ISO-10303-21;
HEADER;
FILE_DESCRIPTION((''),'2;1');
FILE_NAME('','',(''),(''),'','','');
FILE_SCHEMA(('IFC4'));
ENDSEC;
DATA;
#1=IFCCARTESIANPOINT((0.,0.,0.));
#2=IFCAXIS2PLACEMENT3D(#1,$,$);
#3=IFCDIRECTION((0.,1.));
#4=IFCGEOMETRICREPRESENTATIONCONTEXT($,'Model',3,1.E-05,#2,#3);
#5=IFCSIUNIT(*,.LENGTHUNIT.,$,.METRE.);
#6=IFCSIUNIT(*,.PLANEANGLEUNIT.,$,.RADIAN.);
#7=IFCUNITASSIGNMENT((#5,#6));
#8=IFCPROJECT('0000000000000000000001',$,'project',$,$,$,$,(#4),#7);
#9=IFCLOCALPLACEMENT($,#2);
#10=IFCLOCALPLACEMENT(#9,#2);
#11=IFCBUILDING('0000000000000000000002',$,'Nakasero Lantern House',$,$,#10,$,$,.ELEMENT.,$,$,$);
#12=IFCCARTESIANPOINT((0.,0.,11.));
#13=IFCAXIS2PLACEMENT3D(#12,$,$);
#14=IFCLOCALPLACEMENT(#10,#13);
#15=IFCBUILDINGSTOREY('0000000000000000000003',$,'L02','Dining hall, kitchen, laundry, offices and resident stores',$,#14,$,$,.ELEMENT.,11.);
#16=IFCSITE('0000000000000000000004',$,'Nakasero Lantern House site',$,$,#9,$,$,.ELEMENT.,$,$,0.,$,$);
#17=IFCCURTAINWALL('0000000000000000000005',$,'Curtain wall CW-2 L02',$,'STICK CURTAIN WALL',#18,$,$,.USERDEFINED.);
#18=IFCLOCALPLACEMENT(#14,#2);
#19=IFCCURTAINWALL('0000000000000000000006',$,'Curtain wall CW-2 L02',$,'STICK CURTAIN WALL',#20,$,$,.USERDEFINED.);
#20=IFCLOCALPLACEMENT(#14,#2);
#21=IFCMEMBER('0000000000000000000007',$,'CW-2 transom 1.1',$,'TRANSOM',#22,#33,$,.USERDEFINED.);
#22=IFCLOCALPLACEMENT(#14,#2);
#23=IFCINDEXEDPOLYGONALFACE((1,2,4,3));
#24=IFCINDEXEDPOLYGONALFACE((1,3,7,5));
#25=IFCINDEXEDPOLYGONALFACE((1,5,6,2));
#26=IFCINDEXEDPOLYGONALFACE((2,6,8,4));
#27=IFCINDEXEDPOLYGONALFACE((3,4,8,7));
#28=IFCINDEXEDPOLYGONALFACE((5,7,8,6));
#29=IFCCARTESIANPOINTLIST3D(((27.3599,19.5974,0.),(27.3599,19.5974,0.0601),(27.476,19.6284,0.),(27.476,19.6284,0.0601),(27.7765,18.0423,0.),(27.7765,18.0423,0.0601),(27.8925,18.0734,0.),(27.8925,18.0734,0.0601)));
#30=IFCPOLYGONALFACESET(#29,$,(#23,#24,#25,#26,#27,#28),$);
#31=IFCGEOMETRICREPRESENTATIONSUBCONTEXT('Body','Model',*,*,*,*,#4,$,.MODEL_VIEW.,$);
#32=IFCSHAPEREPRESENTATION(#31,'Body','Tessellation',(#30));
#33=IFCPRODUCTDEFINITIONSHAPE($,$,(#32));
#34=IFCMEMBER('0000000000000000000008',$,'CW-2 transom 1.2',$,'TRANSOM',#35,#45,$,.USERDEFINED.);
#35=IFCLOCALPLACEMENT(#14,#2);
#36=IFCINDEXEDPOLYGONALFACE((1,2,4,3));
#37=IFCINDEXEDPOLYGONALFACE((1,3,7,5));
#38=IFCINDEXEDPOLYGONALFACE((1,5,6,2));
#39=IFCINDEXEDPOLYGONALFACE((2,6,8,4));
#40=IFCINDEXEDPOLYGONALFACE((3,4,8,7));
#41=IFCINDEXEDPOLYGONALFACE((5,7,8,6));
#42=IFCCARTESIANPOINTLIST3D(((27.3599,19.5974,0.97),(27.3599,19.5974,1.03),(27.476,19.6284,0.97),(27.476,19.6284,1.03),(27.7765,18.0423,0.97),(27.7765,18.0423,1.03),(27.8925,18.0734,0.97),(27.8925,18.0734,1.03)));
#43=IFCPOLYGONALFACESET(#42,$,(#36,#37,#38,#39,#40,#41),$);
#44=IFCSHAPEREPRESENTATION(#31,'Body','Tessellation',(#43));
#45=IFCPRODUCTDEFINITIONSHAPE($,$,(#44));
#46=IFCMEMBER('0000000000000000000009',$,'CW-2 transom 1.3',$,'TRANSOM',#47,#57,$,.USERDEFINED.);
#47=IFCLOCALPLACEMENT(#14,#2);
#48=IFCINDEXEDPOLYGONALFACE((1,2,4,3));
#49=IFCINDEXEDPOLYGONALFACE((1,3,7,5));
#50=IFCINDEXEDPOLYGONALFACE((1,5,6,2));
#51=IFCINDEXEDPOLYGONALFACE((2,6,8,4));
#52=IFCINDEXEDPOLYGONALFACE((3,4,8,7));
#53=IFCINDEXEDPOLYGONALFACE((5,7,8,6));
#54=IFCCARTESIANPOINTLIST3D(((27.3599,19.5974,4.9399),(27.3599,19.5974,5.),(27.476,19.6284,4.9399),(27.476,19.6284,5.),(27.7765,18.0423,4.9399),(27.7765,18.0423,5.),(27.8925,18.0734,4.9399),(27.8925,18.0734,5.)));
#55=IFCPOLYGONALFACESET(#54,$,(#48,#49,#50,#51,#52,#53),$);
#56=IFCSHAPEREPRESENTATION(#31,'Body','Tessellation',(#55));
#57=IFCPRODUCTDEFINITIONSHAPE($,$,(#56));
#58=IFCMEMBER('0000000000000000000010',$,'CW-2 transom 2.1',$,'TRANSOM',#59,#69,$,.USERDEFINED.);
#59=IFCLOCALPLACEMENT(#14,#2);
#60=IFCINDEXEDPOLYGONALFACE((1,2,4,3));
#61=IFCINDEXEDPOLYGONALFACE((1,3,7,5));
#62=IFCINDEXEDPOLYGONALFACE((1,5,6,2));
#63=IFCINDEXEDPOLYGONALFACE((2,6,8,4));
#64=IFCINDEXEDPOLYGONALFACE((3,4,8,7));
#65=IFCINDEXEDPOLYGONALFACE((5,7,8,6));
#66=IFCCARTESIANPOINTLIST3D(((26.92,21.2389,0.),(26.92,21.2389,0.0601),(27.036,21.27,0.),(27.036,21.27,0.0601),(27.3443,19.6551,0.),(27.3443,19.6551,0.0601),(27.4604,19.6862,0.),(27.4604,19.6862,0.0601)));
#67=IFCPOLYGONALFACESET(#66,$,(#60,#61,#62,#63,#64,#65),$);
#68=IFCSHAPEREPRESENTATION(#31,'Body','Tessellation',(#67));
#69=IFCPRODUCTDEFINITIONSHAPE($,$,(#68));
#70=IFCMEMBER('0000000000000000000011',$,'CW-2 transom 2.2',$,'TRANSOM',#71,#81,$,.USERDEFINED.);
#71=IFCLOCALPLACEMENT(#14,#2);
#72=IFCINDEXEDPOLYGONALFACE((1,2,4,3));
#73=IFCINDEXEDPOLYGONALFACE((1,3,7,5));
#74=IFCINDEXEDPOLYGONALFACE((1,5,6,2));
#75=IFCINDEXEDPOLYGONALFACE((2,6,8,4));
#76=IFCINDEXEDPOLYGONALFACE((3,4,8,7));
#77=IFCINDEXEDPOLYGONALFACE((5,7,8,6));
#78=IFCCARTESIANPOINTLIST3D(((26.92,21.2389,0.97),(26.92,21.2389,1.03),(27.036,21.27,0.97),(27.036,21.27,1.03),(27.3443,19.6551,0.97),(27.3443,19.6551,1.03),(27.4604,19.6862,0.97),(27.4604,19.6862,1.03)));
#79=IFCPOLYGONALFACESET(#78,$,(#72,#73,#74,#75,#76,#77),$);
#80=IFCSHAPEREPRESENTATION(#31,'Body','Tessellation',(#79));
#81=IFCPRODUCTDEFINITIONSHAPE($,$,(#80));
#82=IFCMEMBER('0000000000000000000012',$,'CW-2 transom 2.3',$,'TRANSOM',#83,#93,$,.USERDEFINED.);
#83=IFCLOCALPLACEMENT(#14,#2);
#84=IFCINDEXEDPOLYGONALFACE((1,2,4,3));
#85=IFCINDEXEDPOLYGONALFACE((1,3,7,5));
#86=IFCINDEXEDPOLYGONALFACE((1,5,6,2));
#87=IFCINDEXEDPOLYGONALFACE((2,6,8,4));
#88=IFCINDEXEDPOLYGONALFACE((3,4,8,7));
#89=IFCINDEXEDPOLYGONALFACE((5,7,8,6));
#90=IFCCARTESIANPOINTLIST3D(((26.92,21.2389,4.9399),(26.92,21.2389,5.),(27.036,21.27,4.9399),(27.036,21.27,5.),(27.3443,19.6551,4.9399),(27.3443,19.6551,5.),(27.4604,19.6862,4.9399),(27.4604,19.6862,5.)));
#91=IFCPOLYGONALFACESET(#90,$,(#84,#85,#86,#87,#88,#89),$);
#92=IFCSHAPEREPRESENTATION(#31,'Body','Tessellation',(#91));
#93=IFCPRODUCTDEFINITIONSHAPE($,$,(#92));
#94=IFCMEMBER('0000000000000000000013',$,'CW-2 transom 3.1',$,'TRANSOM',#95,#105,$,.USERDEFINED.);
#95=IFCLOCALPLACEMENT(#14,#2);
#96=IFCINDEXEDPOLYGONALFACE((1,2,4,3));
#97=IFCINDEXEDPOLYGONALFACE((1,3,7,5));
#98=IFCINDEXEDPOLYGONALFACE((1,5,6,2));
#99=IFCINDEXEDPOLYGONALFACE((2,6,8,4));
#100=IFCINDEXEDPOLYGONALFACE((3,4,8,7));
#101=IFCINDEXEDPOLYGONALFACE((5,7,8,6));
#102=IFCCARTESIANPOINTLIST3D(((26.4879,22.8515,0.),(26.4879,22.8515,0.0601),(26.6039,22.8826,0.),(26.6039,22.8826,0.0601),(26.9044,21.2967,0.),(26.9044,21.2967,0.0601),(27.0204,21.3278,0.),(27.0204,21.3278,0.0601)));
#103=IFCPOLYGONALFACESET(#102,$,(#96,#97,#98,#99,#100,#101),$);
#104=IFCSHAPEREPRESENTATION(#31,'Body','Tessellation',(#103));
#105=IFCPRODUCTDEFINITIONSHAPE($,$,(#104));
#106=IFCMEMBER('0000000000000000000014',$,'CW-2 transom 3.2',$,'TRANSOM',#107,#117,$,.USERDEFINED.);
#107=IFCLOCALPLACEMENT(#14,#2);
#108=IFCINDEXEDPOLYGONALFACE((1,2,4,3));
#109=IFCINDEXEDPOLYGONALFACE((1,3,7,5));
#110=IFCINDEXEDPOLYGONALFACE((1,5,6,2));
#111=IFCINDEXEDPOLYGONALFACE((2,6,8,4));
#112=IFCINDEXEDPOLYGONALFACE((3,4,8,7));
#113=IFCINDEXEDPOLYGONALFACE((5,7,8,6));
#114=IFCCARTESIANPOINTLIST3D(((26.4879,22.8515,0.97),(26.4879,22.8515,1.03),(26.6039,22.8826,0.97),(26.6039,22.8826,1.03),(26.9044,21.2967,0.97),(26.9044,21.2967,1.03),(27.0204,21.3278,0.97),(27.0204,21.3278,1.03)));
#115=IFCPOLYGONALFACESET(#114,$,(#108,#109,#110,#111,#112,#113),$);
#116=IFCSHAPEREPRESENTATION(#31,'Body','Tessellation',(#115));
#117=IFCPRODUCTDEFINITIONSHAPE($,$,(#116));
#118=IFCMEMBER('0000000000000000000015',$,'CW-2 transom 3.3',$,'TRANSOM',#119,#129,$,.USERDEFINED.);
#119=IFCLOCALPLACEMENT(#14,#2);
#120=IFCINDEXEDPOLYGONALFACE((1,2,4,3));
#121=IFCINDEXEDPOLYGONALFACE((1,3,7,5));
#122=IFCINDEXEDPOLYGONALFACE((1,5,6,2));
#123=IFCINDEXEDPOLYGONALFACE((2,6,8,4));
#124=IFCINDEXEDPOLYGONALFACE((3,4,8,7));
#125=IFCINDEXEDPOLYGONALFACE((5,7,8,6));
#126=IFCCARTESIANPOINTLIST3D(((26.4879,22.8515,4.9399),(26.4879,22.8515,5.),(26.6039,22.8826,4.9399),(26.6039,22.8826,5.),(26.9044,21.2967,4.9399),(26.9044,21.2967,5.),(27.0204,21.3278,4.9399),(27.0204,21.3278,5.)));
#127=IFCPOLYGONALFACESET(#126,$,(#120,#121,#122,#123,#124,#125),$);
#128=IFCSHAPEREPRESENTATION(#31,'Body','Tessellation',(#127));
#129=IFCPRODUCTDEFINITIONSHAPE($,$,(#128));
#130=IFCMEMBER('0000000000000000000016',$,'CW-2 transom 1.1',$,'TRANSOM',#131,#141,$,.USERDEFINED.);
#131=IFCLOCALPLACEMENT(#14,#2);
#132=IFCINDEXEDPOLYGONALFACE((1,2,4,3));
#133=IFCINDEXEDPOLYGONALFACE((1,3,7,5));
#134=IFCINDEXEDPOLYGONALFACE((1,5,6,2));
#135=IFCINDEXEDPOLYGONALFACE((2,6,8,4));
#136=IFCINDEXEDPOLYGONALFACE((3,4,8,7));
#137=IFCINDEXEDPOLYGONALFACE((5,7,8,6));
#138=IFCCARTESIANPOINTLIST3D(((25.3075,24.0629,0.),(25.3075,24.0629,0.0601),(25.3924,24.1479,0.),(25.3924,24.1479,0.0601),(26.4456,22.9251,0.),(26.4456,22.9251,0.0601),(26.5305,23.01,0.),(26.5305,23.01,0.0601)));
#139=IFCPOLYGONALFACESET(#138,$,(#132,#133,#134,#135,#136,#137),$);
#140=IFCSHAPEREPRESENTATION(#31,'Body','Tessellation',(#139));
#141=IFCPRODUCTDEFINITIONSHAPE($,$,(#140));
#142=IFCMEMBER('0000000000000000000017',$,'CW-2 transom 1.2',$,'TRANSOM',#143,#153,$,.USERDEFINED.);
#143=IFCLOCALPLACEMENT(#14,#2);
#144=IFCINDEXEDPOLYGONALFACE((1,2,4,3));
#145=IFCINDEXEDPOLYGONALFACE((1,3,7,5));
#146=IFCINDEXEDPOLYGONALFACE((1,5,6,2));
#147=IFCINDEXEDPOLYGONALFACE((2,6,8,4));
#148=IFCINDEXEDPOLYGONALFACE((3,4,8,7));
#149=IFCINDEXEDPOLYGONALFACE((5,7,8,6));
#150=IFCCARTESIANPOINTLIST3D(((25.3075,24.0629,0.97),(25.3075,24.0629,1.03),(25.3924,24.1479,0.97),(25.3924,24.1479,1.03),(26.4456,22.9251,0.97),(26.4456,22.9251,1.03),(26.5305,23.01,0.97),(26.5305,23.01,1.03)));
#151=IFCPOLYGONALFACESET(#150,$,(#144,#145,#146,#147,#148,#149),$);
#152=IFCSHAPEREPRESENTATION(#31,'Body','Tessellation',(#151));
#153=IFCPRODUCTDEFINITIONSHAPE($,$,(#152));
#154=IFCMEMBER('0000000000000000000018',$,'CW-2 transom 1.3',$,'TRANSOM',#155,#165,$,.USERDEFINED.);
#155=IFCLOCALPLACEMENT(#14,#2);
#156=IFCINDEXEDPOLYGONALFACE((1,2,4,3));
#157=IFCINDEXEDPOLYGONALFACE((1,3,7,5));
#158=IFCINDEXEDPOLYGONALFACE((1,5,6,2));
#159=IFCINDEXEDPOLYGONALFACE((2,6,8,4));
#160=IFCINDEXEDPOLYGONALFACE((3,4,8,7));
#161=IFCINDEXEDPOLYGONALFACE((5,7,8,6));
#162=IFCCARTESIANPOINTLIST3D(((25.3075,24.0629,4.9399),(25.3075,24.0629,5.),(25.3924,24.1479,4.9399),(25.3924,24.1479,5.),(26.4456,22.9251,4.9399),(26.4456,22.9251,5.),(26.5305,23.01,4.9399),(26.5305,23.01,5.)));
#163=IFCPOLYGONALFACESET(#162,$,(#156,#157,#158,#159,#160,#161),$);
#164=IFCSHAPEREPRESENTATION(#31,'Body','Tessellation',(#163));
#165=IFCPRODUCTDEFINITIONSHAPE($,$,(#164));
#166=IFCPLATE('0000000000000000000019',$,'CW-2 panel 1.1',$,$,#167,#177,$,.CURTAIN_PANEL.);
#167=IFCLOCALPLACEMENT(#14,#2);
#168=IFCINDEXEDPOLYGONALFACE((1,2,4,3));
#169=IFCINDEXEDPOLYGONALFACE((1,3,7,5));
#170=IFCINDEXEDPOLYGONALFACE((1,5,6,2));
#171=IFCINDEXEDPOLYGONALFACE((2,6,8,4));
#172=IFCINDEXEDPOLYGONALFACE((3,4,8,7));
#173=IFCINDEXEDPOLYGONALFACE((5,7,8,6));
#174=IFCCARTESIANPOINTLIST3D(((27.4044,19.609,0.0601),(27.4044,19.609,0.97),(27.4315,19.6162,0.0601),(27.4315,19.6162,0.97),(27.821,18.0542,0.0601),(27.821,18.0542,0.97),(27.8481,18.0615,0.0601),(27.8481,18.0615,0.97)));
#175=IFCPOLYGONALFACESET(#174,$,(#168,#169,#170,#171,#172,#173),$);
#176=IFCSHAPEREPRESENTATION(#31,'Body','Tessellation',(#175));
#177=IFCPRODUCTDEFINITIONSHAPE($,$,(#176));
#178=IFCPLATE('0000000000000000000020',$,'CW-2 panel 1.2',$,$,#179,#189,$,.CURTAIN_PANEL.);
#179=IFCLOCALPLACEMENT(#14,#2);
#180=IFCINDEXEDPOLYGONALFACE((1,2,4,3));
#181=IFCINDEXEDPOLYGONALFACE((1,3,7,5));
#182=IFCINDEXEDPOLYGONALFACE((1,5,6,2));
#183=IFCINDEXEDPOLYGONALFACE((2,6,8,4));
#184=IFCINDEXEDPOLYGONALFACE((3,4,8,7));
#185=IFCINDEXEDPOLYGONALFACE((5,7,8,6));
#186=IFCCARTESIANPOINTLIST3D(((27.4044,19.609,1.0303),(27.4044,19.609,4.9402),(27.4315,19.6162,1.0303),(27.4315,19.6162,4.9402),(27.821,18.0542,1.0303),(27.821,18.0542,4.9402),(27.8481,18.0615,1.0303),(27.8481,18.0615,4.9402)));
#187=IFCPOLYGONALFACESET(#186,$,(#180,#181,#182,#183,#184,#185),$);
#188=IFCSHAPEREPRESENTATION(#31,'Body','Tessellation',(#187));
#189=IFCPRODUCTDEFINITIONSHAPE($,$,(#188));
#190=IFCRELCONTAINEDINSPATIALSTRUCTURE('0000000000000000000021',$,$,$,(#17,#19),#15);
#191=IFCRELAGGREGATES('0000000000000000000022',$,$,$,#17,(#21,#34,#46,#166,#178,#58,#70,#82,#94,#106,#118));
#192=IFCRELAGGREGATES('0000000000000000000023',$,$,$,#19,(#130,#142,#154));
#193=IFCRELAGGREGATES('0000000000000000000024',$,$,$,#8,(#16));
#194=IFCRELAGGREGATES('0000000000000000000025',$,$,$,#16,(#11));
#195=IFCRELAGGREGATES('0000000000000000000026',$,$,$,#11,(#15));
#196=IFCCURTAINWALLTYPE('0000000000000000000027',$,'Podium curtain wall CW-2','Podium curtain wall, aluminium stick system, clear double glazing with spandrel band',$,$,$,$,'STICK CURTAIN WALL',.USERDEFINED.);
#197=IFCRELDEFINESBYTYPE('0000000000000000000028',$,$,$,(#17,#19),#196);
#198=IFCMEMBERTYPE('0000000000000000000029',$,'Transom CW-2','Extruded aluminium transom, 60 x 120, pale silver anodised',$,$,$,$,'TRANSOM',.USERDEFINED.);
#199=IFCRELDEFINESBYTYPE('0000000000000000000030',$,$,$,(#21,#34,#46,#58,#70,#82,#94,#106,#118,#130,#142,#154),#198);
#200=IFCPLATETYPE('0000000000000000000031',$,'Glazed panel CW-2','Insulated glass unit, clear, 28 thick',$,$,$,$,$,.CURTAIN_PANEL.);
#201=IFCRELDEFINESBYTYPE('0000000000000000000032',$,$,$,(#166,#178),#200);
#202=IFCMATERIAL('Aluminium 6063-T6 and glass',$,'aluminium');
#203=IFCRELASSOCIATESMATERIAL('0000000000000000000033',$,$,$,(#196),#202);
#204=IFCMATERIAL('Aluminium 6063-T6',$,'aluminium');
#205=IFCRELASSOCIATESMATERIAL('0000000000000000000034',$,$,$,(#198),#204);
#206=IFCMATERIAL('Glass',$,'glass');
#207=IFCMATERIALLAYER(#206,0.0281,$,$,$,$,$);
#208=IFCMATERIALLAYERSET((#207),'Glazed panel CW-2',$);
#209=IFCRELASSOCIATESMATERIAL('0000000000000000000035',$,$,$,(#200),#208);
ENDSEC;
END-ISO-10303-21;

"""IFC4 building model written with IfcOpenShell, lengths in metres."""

from ifc_helpers import new_model, si_unit, direction, frame, origin, origin_2d, place, context, subcontext, project, spatial, rectangle, extrude, material, layer, layer_set, material_profile, profile_set, type_object, element, aggregate, save


model = new_model("IFC4")

# Units and contexts
model_context = context("Model", 3, precision=1e-05, world=origin(), true_north=direction((0.0, 1.0)))
body_context = subcontext(model_context, "Body", "Model", "MODEL_VIEW")
ifc_project = project(units=[si_unit("LENGTHUNIT", "METRE"), si_unit("PLANEANGLEUNIT", "RADIAN")], contexts=[model_context])

# Site, building, storey
site_placement = place(None, origin())
site = spatial("IfcSite", under=ifc_project, at=site_placement, Name="Nakasero Lantern House site", CompositionType="ELEMENT", RefElevation=0.0)
building_placement = place(site_placement, origin())
building = spatial("IfcBuilding", under=site, at=building_placement, Name="Nakasero Lantern House", CompositionType="ELEMENT")
storey_placement = place(building_placement, frame((0.0, 0.0, 11.0)))
storey = spatial("IfcBuildingStorey", under=building, at=storey_placement, Name="L02", Description="Dining hall, kitchen, laundry, offices and resident stores", CompositionType="ELEMENT", Elevation=11.0)

# Curtain walls
ifc_material_1 = material(Name="Aluminium 6063-T6 and glass", Category="aluminium")
curtain_wall_type = type_object("IfcCurtainWallType", Name="Podium curtain wall CW-2", Description="Podium curtain wall, aluminium stick system, clear double glazing with spandrel band", ElementType="STICK CURTAIN WALL", PredefinedType="USERDEFINED", material=ifc_material_1)
curtain_wall_1_placement = place(storey_placement, origin())
curtain_wall_1 = element("IfcCurtainWall", 1, at=curtain_wall_1_placement, inside=storey, type_object=curtain_wall_type, Name="Curtain wall CW-2 L02", ObjectType="STICK CURTAIN WALL", PredefinedType="USERDEFINED")
curtain_wall_2_placement = place(storey_placement, origin())
curtain_wall_2 = element("IfcCurtainWall", 2, at=curtain_wall_2_placement, inside=storey, type_object=curtain_wall_type, Name="Curtain wall CW-2 L02", ObjectType="STICK CURTAIN WALL", PredefinedType="USERDEFINED")

# Members
ifc_material_2 = material(Name="Aluminium 6063-T6", Category="aluminium")
ifc_material_profile_1 = material_profile(ifc_material_2, rectangle(XDim=0.0601, YDim=0.1201, at=origin_2d()), Name="CW-2 transom 60x120")
ifc_profile_set_1 = profile_set([ifc_material_profile_1], Name="Aluminium 6063-T6")
member_type_1 = type_object("IfcMemberType", Name="Transom CW-2", Description="Extruded aluminium transom, 60 x 120, pale silver anodised", ElementType="TRANSOM", PredefinedType="USERDEFINED", material=ifc_profile_set_1)
member_1_placement = place(storey_placement, frame((27.8345, 18.0579, 0.03), z_axis=(-0.258739, 0.965947, 0.0), x_axis=(0.0, 0.0, 1.0)))
member_1 = element("IfcMember", 3, at=member_1_placement, type_object=member_type_1, Name="CW-2 transom 1.1", ObjectType="TRANSOM", PredefinedType="USERDEFINED", context=body_context, shape_type="SweptSolid", body=[
    extrude(rectangle(XDim=0.0601, YDim=0.1201, at=origin_2d()), origin(), (0.0, 0.0, 1.0), 1.6099),
])
member_2_placement = place(storey_placement, frame((27.8345, 18.0579, 1.0), z_axis=(-0.258739, 0.965947, 0.0), x_axis=(0.0, 0.0, 1.0)))
member_2 = element("IfcMember", 4, at=member_2_placement, type_object=member_type_1, Name="CW-2 transom 1.2", ObjectType="TRANSOM", PredefinedType="USERDEFINED", context=body_context, shape_type="SweptSolid", body=[
    extrude(rectangle(XDim=0.0601, YDim=0.1201, at=origin_2d()), origin(), (0.0, 0.0, 1.0), 1.6099),
])
member_3_placement = place(storey_placement, frame((27.8345, 18.0579, 4.97), z_axis=(-0.258739, 0.965947, 0.0), x_axis=(0.0, 0.0, 1.0)))
member_3 = element("IfcMember", 5, at=member_3_placement, type_object=member_type_1, Name="CW-2 transom 1.3", ObjectType="TRANSOM", PredefinedType="USERDEFINED", context=body_context, shape_type="SweptSolid", body=[
    extrude(rectangle(XDim=0.0601, YDim=0.1201, at=origin_2d()), origin(), (0.0, 0.0, 1.0), 1.6099),
])
member_4_placement = place(storey_placement, frame((27.4023, 19.6707, 0.03), z_axis=(-0.258793, 0.965933, 0.0), x_axis=(0.0, 0.0, 1.0)))
member_4 = element("IfcMember", 6, at=member_4_placement, type_object=member_type_1, Name="CW-2 transom 2.1", ObjectType="TRANSOM", PredefinedType="USERDEFINED", context=body_context, shape_type="SweptSolid", body=[
    extrude(rectangle(XDim=0.0601, YDim=0.1201, at=origin_2d()), origin(), (0.0, 0.0, 1.0), 1.6396),
])
member_5_placement = place(storey_placement, frame((27.4023, 19.6707, 1.0), z_axis=(-0.258793, 0.965933, 0.0), x_axis=(0.0, 0.0, 1.0)))
member_5 = element("IfcMember", 7, at=member_5_placement, type_object=member_type_1, Name="CW-2 transom 2.2", ObjectType="TRANSOM", PredefinedType="USERDEFINED", context=body_context, shape_type="SweptSolid", body=[
    extrude(rectangle(XDim=0.0601, YDim=0.1201, at=origin_2d()), origin(), (0.0, 0.0, 1.0), 1.6396),
])
member_6_placement = place(storey_placement, frame((27.4023, 19.6707, 4.97), z_axis=(-0.258793, 0.965933, 0.0), x_axis=(0.0, 0.0, 1.0)))
member_6 = element("IfcMember", 8, at=member_6_placement, type_object=member_type_1, Name="CW-2 transom 2.3", ObjectType="TRANSOM", PredefinedType="USERDEFINED", context=body_context, shape_type="SweptSolid", body=[
    extrude(rectangle(XDim=0.0601, YDim=0.1201, at=origin_2d()), origin(), (0.0, 0.0, 1.0), 1.6396),
])
member_7_placement = place(storey_placement, frame((26.9624, 21.3123, 0.03), z_axis=(-0.258777, 0.965937, 0.0), x_axis=(0.0, 0.0, 1.0)))
member_7 = element("IfcMember", 9, at=member_7_placement, type_object=member_type_1, Name="CW-2 transom 3.1", ObjectType="TRANSOM", PredefinedType="USERDEFINED", context=body_context, shape_type="SweptSolid", body=[
    extrude(rectangle(XDim=0.0601, YDim=0.1201, at=origin_2d()), origin(), (0.0, 0.0, 1.0), 1.6096),
])
member_8_placement = place(storey_placement, frame((26.9624, 21.3123, 1.0), z_axis=(-0.258777, 0.965937, 0.0), x_axis=(0.0, 0.0, 1.0)))
member_8 = element("IfcMember", 10, at=member_8_placement, type_object=member_type_1, Name="CW-2 transom 3.2", ObjectType="TRANSOM", PredefinedType="USERDEFINED", context=body_context, shape_type="SweptSolid", body=[
    extrude(rectangle(XDim=0.0601, YDim=0.1201, at=origin_2d()), origin(), (0.0, 0.0, 1.0), 1.6096),
])
member_9_placement = place(storey_placement, frame((26.9624, 21.3123, 4.97), z_axis=(-0.258777, 0.965937, 0.0), x_axis=(0.0, 0.0, 1.0)))
member_9 = element("IfcMember", 11, at=member_9_placement, type_object=member_type_1, Name="CW-2 transom 3.3", ObjectType="TRANSOM", PredefinedType="USERDEFINED", context=body_context, shape_type="SweptSolid", body=[
    extrude(rectangle(XDim=0.0601, YDim=0.1201, at=origin_2d()), origin(), (0.0, 0.0, 1.0), 1.6096),
])
member_10_placement = place(storey_placement, frame((26.488, 22.9675, 0.03), z_axis=(-0.707183, 0.707031, 0.0), x_axis=(0.0, 0.0, 1.0)))
member_10 = element("IfcMember", 12, at=member_10_placement, type_object=member_type_1, Name="CW-2 transom 1.1", ObjectType="TRANSOM", PredefinedType="USERDEFINED", context=body_context, shape_type="SweptSolid", body=[
    extrude(rectangle(XDim=0.0601, YDim=0.1201, at=origin_2d()), origin(), (0.0, 0.0, 1.0), 1.6094),
])
member_11_placement = place(storey_placement, frame((26.488, 22.9675, 1.0), z_axis=(-0.707183, 0.707031, 0.0), x_axis=(0.0, 0.0, 1.0)))
member_11 = element("IfcMember", 13, at=member_11_placement, type_object=member_type_1, Name="CW-2 transom 1.2", ObjectType="TRANSOM", PredefinedType="USERDEFINED", context=body_context, shape_type="SweptSolid", body=[
    extrude(rectangle(XDim=0.0601, YDim=0.1201, at=origin_2d()), origin(), (0.0, 0.0, 1.0), 1.6094),
])
member_12_placement = place(storey_placement, frame((26.488, 22.9675, 4.97), z_axis=(-0.707183, 0.707031, 0.0), x_axis=(0.0, 0.0, 1.0)))
member_12 = element("IfcMember", 14, at=member_12_placement, type_object=member_type_1, Name="CW-2 transom 1.3", ObjectType="TRANSOM", PredefinedType="USERDEFINED", context=body_context, shape_type="SweptSolid", body=[
    extrude(rectangle(XDim=0.0601, YDim=0.1201, at=origin_2d()), origin(), (0.0, 0.0, 1.0), 1.6094),
])

# Plates
ifc_material_3 = material(Name="Glass", Category="glass")
ifc_layer = layer(ifc_material_3, 0.0281)
ifc_layer_set = layer_set([ifc_layer], Name="Glazed panel CW-2")
plate_type = type_object("IfcPlateType", Name="Glazed panel CW-2", Description="Insulated glass unit, clear, 28 thick", PredefinedType="CURTAIN_PANEL", material=ifc_layer_set)
plate_1_placement = place(storey_placement, frame((27.6262, 18.8352, 0.0601), z_axis=(0.0, 0.0, 1.0), x_axis=(-0.258819, 0.965926, 0.0)))
plate_1 = element("IfcPlate", 15, at=plate_1_placement, type_object=plate_type, Name="CW-2 panel 1.1", PredefinedType="CURTAIN_PANEL", context=body_context, shape_type="SweptSolid", body=[
    extrude(rectangle(XDim=1.6096, YDim=0.0281, at=origin_2d()), origin(), (0.0, 0.0, 1.0), 0.9099),
])
plate_2_placement = place(storey_placement, frame((27.6262, 18.8352, 1.0303), z_axis=(0.0, 0.0, 1.0), x_axis=(-0.258819, 0.965926, 0.0)))
plate_2 = element("IfcPlate", 16, at=plate_2_placement, type_object=plate_type, Name="CW-2 panel 1.2", PredefinedType="CURTAIN_PANEL", context=body_context, shape_type="SweptSolid", body=[
    extrude(rectangle(XDim=1.6096, YDim=0.0281, at=origin_2d()), origin(), (0.0, 0.0, 1.0), 3.9099),
])
aggregate(curtain_wall_1, [member_1, member_2, member_3, plate_1, plate_2, member_4, member_5, member_6, member_7, member_8, member_9])
aggregate(curtain_wall_2, [member_10, member_11, member_12])

save(model, "model.ifc")
